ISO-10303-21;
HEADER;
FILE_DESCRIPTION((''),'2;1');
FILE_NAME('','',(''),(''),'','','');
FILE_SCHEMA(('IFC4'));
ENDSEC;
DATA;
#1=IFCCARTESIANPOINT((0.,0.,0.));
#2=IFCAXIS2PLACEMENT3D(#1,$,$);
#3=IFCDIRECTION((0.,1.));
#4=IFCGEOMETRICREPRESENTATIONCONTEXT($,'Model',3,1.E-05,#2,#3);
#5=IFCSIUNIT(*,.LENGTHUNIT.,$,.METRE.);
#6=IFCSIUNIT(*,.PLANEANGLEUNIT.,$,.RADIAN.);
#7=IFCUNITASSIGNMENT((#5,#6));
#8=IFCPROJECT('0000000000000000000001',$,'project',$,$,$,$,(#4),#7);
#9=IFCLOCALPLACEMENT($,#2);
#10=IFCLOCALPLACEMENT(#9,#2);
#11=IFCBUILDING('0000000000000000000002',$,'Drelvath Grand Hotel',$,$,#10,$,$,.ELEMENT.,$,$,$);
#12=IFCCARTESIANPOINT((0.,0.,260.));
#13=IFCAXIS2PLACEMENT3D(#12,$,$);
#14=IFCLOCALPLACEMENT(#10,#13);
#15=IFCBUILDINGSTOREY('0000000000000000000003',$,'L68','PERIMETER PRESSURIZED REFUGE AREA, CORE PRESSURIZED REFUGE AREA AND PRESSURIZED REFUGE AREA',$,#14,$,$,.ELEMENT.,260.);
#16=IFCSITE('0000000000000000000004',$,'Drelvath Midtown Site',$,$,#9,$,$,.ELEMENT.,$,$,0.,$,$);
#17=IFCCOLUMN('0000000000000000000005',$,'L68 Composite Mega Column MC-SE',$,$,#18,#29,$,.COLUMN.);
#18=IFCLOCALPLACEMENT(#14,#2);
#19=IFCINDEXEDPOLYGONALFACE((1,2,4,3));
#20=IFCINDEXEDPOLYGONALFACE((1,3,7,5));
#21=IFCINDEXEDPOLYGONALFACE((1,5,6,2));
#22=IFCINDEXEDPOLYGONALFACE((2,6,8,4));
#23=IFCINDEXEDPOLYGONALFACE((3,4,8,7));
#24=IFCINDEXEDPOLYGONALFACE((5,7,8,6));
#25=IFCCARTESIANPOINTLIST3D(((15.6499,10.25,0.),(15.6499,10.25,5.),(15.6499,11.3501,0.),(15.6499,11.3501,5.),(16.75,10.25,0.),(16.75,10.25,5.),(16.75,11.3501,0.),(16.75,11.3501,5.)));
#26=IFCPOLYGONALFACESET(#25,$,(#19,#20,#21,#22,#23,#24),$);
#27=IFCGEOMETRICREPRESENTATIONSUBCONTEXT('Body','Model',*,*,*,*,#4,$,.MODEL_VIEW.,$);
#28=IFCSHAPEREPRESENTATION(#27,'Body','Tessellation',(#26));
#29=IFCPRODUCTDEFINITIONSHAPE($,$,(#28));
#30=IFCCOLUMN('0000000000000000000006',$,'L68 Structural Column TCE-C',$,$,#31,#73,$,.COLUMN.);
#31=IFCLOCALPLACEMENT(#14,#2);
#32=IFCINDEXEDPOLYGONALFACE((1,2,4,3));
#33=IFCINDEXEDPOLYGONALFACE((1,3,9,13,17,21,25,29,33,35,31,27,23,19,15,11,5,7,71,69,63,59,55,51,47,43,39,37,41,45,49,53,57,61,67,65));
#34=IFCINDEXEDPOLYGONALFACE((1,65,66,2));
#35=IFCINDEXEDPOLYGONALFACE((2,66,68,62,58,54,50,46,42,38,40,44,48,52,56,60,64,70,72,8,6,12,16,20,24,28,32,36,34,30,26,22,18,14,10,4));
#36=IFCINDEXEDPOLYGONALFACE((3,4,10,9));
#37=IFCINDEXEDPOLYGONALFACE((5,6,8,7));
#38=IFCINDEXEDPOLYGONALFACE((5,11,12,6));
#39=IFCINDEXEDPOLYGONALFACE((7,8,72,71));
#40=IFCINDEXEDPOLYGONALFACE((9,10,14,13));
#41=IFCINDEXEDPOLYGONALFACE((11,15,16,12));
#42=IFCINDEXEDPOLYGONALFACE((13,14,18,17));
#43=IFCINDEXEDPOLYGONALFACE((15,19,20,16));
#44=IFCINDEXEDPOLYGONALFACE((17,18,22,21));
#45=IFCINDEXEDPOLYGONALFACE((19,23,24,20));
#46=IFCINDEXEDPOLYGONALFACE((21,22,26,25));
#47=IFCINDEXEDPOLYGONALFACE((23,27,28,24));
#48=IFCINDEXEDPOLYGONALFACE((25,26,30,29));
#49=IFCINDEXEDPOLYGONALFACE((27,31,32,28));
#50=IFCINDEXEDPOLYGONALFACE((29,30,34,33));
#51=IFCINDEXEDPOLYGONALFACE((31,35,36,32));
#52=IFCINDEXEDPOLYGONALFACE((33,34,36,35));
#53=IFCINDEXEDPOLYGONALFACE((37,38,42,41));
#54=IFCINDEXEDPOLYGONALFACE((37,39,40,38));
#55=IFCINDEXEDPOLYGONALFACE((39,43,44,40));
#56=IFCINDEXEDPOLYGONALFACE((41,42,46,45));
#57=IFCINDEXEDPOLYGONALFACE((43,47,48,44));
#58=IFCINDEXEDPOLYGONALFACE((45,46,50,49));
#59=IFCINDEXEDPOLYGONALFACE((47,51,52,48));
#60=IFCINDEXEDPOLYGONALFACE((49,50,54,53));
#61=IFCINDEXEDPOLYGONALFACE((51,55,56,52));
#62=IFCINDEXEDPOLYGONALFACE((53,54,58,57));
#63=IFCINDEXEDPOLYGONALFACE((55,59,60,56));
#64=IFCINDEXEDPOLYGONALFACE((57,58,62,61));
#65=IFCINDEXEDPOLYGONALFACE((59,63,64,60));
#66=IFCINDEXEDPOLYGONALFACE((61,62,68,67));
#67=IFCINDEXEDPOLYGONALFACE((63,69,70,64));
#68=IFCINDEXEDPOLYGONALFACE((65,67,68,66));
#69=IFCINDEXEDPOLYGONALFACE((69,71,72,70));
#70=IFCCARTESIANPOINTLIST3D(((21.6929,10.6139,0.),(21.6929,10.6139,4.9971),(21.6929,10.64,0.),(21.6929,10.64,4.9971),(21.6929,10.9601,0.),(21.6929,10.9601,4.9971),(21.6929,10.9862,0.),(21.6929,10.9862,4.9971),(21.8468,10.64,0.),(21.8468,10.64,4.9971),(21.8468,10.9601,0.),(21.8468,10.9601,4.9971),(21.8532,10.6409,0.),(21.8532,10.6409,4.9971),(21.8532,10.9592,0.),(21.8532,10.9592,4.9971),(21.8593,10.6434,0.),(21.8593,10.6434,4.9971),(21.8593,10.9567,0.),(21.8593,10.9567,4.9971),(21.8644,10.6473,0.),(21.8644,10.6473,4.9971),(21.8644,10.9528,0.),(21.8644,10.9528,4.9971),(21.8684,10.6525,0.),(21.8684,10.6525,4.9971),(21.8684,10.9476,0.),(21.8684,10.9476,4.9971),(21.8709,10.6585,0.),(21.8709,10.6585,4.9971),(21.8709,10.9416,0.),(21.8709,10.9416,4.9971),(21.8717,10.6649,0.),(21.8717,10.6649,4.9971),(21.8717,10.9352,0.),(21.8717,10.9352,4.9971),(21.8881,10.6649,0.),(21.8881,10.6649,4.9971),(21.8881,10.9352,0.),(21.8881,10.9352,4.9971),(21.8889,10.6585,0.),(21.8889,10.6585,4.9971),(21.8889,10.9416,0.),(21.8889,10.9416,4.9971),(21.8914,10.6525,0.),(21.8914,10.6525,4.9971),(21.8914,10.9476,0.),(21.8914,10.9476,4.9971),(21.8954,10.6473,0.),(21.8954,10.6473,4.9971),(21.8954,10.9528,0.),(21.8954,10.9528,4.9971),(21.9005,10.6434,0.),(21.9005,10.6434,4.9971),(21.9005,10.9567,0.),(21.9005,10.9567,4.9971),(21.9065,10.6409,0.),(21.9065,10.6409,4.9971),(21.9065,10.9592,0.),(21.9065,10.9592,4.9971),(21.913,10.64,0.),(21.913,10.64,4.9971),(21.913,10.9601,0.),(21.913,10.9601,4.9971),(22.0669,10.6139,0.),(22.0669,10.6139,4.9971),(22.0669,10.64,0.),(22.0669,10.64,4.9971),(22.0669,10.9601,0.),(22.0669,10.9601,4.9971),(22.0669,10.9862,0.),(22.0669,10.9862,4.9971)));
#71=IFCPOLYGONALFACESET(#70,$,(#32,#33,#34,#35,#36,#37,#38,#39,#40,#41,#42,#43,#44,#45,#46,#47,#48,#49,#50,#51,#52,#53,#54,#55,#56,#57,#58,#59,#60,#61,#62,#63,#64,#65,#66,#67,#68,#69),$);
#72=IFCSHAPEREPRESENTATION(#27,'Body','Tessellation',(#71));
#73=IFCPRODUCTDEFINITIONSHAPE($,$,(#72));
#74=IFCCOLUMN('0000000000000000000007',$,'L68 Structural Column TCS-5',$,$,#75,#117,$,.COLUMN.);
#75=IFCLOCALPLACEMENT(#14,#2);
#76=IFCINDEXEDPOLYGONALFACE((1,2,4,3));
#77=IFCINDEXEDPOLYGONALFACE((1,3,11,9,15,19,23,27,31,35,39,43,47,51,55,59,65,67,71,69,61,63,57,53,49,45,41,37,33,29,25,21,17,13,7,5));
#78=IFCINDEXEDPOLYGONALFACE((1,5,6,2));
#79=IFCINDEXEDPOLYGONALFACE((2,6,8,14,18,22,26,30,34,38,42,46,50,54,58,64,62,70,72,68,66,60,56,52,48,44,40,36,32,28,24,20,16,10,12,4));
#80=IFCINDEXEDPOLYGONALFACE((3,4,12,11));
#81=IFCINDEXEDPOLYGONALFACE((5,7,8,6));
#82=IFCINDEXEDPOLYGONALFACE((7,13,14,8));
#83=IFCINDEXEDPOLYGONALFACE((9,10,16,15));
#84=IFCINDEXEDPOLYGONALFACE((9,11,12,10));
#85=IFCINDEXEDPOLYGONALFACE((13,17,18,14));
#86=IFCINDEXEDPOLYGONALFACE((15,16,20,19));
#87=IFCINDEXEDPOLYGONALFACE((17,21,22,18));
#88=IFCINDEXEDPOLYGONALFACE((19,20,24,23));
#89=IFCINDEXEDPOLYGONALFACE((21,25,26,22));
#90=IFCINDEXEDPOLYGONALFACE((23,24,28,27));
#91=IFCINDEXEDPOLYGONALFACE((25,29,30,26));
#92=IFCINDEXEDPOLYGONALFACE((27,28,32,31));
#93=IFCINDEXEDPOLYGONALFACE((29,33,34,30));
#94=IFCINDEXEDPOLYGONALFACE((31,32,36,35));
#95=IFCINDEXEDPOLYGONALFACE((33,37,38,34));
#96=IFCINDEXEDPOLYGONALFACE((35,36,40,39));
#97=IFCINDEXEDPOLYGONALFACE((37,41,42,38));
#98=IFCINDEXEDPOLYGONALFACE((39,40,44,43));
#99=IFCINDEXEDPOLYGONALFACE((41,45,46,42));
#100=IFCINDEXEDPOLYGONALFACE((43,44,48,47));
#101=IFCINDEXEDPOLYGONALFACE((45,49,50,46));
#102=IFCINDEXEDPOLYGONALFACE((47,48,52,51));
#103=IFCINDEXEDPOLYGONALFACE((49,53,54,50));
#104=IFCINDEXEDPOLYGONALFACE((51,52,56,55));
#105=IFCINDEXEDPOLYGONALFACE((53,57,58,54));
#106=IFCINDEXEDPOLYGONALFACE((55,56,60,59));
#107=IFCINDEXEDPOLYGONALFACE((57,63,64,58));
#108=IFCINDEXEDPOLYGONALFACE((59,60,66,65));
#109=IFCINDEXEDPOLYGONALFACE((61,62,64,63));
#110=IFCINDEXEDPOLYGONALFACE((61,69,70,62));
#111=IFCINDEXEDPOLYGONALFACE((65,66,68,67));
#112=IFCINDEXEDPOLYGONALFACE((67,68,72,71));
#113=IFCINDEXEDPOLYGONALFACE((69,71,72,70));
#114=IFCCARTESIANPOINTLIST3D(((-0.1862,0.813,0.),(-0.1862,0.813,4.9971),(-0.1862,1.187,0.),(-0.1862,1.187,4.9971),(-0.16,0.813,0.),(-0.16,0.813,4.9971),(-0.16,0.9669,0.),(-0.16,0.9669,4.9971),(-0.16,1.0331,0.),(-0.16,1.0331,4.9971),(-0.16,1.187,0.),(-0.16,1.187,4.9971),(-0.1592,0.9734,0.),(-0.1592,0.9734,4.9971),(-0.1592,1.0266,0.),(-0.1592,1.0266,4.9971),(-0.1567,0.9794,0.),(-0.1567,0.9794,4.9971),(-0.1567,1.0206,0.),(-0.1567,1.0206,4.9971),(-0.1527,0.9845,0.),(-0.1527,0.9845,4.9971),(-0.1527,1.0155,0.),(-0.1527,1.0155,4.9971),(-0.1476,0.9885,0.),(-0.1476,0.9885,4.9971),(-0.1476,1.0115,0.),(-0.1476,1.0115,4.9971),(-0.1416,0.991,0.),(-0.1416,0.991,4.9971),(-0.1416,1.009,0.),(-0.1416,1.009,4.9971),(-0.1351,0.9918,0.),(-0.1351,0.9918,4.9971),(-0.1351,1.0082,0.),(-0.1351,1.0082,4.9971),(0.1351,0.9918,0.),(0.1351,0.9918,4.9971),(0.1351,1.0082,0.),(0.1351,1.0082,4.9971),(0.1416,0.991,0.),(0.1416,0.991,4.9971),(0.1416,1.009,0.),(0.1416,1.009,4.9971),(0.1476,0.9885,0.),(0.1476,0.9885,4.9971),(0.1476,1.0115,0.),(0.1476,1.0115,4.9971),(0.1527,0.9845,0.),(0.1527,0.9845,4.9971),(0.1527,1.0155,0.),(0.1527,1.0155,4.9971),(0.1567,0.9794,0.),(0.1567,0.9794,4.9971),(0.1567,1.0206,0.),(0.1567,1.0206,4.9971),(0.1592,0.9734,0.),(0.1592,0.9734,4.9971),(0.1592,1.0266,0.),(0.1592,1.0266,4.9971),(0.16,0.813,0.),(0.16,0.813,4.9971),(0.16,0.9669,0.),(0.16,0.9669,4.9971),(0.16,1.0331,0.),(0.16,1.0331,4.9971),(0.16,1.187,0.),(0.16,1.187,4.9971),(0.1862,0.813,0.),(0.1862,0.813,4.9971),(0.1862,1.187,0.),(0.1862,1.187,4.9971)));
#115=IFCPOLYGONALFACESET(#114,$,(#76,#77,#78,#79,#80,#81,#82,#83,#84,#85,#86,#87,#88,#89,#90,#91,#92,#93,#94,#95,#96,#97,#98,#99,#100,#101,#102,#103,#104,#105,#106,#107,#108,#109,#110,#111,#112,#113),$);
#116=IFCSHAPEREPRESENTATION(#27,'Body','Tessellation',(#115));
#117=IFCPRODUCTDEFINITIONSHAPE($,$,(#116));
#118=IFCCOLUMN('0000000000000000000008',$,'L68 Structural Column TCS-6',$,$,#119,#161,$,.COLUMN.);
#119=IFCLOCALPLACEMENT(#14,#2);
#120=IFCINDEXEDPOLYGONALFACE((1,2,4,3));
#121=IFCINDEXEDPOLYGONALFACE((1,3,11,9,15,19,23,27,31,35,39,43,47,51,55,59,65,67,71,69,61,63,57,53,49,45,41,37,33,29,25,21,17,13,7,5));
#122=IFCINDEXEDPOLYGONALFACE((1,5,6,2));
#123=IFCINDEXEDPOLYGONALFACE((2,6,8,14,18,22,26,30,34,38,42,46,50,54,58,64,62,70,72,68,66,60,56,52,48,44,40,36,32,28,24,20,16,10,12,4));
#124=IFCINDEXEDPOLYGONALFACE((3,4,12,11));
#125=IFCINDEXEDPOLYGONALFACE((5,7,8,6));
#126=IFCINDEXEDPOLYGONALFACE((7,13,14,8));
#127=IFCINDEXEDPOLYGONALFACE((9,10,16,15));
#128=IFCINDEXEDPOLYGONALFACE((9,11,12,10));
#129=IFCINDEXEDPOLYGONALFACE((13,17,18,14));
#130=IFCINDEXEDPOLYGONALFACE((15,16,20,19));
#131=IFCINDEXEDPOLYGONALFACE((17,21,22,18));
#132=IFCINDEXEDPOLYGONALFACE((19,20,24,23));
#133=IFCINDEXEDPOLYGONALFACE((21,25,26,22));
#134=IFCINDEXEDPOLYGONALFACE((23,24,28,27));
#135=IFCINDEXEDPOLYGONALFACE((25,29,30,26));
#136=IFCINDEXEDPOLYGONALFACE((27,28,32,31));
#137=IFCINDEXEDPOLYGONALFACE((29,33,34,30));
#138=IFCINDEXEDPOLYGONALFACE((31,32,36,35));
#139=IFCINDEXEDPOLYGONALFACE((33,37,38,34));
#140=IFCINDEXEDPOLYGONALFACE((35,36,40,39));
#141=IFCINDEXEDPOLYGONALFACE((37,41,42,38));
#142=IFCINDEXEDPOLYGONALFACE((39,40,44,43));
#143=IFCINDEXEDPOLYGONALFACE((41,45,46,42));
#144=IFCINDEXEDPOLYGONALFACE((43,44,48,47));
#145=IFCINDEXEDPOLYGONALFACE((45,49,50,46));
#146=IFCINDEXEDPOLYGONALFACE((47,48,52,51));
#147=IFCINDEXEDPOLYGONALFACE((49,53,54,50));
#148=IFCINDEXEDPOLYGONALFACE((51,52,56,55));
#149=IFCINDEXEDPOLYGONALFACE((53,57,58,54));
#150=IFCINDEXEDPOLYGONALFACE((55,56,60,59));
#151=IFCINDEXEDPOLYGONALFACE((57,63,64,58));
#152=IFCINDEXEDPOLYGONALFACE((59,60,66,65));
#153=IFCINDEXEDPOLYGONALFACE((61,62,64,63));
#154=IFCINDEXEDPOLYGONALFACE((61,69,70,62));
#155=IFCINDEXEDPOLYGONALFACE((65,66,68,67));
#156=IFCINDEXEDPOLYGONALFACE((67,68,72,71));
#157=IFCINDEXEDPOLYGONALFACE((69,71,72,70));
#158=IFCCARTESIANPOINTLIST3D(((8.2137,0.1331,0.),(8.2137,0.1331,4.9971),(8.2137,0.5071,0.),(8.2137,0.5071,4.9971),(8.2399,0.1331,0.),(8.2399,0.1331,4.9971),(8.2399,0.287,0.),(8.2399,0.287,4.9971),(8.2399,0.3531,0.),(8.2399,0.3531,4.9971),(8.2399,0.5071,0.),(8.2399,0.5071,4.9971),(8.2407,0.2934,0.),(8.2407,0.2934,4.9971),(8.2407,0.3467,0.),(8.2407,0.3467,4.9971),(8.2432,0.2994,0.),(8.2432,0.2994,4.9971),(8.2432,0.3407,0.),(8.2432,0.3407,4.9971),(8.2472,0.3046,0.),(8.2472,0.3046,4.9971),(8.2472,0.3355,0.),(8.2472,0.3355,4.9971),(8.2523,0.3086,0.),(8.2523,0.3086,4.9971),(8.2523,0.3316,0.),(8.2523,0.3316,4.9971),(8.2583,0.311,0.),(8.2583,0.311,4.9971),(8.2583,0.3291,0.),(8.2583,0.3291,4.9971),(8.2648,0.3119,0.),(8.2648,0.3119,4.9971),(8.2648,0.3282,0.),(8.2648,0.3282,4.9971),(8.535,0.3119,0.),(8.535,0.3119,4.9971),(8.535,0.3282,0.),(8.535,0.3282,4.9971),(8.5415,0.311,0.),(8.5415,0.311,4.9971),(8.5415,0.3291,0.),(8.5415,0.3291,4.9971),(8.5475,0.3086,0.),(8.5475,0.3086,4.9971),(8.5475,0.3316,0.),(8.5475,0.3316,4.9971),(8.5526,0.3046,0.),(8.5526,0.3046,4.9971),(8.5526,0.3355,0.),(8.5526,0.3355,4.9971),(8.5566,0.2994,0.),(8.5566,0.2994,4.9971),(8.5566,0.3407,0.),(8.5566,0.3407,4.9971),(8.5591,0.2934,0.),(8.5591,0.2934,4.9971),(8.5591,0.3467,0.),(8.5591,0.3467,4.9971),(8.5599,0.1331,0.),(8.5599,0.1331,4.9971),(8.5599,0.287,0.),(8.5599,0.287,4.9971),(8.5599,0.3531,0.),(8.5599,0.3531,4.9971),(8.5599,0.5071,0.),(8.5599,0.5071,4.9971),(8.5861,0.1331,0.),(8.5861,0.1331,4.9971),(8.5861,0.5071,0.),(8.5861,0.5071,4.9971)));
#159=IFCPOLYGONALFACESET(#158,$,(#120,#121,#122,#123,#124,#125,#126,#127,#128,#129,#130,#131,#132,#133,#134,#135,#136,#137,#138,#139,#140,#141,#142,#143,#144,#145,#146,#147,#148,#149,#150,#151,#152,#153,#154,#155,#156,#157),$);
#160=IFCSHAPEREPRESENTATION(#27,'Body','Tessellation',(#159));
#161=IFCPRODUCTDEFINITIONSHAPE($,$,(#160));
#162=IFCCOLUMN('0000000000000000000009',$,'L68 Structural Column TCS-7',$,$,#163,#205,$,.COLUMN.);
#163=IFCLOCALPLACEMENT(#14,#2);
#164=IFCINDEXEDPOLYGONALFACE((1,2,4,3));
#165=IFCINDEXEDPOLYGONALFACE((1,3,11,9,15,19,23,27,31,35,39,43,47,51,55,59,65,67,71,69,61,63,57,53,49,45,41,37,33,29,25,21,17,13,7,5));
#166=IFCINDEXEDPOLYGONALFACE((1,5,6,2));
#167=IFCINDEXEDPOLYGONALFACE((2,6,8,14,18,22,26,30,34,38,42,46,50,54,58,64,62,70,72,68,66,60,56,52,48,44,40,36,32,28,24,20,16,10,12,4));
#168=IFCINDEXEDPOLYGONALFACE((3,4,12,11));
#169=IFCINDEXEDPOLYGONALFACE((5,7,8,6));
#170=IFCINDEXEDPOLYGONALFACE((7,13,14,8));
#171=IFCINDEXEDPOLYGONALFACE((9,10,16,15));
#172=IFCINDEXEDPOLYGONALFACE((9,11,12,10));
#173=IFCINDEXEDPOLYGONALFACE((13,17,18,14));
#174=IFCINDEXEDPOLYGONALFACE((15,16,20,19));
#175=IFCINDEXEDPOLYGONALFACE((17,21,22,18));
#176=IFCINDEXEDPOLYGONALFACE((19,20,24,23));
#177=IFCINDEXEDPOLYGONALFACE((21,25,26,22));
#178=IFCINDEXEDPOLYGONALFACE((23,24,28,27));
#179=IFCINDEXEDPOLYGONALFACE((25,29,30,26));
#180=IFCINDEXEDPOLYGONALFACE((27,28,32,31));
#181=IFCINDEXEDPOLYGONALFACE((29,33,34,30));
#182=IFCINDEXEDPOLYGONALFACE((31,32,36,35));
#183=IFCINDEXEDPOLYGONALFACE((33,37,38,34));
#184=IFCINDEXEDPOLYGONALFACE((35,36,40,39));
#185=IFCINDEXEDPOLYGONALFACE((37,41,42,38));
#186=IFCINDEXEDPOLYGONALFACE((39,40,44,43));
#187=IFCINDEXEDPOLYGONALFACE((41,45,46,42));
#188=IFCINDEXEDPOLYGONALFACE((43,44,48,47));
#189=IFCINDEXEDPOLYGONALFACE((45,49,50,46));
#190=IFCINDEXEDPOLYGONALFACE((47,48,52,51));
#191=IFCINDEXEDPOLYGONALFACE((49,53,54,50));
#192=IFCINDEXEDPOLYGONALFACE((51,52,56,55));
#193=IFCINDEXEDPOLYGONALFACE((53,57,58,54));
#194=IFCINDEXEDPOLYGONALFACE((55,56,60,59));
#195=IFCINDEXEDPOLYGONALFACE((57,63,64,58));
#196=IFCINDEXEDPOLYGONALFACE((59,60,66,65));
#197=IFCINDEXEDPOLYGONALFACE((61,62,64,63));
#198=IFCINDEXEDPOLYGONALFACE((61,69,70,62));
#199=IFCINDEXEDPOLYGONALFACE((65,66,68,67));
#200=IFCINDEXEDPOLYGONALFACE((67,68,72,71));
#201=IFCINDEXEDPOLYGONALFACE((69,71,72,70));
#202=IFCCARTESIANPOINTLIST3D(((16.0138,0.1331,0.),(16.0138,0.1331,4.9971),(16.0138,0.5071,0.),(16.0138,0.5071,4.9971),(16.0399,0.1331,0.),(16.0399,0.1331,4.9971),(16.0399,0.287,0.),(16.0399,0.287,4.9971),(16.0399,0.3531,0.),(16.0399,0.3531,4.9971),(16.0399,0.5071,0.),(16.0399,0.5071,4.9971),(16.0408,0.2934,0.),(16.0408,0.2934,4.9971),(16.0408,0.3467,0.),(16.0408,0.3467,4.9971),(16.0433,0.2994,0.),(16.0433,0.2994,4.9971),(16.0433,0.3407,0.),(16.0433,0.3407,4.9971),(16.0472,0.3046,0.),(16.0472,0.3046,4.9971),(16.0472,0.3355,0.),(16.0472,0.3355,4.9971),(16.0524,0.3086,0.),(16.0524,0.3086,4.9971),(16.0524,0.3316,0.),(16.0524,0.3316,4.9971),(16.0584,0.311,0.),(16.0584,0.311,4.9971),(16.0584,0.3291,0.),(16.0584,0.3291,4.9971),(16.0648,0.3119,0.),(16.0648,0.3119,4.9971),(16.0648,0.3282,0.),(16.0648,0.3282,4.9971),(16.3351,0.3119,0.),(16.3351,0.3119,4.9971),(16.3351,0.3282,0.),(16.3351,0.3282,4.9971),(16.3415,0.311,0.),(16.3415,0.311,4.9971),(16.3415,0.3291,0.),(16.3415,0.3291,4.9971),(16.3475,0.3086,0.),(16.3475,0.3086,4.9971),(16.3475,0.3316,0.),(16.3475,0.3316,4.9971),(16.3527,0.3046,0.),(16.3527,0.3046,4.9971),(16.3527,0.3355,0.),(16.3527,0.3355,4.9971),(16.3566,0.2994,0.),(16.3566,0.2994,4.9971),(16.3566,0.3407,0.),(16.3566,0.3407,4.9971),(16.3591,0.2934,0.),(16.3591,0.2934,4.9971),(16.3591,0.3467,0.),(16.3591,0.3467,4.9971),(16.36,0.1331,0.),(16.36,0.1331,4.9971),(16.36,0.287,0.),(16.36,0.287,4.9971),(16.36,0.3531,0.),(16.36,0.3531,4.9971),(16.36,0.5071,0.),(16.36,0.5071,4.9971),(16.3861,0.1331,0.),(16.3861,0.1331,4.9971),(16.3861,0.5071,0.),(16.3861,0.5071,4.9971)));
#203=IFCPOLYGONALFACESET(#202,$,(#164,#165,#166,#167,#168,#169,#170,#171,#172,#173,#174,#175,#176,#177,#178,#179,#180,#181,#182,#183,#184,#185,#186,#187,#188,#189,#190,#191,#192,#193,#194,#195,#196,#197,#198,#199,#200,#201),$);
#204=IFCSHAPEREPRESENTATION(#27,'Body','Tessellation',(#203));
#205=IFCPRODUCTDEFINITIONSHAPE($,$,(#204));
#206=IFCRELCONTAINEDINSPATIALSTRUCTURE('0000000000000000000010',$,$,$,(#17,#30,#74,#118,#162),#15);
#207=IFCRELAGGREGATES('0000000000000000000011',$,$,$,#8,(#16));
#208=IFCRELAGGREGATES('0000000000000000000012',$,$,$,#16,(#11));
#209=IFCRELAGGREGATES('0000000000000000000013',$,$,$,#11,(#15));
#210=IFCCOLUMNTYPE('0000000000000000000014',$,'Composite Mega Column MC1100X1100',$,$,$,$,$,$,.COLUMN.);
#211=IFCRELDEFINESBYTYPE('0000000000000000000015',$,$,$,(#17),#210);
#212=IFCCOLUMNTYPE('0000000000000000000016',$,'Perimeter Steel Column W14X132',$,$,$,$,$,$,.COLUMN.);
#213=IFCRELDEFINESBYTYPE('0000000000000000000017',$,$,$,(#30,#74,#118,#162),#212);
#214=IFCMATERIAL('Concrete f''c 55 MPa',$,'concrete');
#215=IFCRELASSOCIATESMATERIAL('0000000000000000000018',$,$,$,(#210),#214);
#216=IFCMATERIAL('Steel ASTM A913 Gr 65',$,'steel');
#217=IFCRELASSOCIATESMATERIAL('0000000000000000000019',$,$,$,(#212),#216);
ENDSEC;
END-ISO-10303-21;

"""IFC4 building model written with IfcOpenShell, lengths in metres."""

from ifc_helpers import new_model, si_unit, direction, frame, origin, origin_2d, place, context, subcontext, project, spatial, rectangle, i_section, extrude, material, material_profile, profile_set, type_object, element, save


model = new_model("IFC4")

# Units and contexts
model_context = context("Model", 3, precision=1e-05, world=origin(), true_north=direction((0.0, 1.0)))
body_context = subcontext(model_context, "Body", "Model", "MODEL_VIEW")
ifc_project = project(units=[si_unit("LENGTHUNIT", "METRE"), si_unit("PLANEANGLEUNIT", "RADIAN")], contexts=[model_context])

# Site, building, storey
site_placement = place(None, origin())
site = spatial("IfcSite", under=ifc_project, at=site_placement, Name="Drelvath Midtown Site", CompositionType="ELEMENT", RefElevation=0.0)
building_placement = place(site_placement, origin())
building = spatial("IfcBuilding", under=site, at=building_placement, Name="Drelvath Grand Hotel", CompositionType="ELEMENT")
storey_placement = place(building_placement, frame((0.0, 0.0, 260.0)))
storey = spatial("IfcBuildingStorey", under=building, at=storey_placement, Name="L68", Description="PERIMETER PRESSURIZED REFUGE AREA, CORE PRESSURIZED REFUGE AREA AND PRESSURIZED REFUGE AREA", CompositionType="ELEMENT", Elevation=260.0)

# Columns
ifc_material_1 = material(Name="Concrete f'c 55 MPa", Category="concrete")
ifc_material_profile_1 = material_profile(ifc_material_1, rectangle(XDim=1.1001, YDim=1.1001, at=origin_2d()), Name="MC1100X1100")
ifc_profile_set_1 = profile_set([ifc_material_profile_1], Name="Concrete f'c 55 MPa")
column_type_1 = type_object("IfcColumnType", Name="Composite Mega Column MC1100X1100", PredefinedType="COLUMN", material=ifc_profile_set_1)
column_placement = place(storey_placement, frame((16.2, 10.8, 0.0), z_axis=(0.0, 0.0, 1.0), x_axis=(1.0, 0.0, 0.0)))
element("IfcColumn", 1, at=column_placement, inside=storey, type_object=column_type_1, Name="L68 Composite Mega Column MC-SE", PredefinedType="COLUMN", context=body_context, shape_type="SweptSolid", body=[
    extrude(rectangle(XDim=1.1001, YDim=1.1001, at=origin_2d()), origin(), (0.0, 0.0, 1.0), 5.0),
])
ifc_material_2 = material(Name="Steel ASTM A913 Gr 65", Category="steel")
ifc_material_profile_2 = material_profile(ifc_material_2, i_section(OverallWidth=0.374, OverallDepth=0.3723, WebThickness=0.0164, FlangeThickness=0.0261, FilletRadius=0.0249, at=origin_2d()), Name="W14X132")
ifc_profile_set_2 = profile_set([ifc_material_profile_2], Name="Steel ASTM A913 Gr 65")
column_type_2 = type_object("IfcColumnType", Name="Perimeter Steel Column W14X132", PredefinedType="COLUMN", material=ifc_profile_set_2)
for number, where, z_axis, x_axis, name in (
    (2, (21.8799, 10.8, 0.0), (0.0, 0.0, 1.0), (1.0, 0.0, 0.0), "L68 Structural Column TCE-C"),
    (3, (0.0, 1.0, 0.0), (0.0, 0.0, 1.0), (0.0, 1.0, 0.0), "L68 Structural Column TCS-5"),
    (4, (8.3999, 0.3201, 0.0), (0.0, 0.0, 1.0), (0.0, 1.0, 0.0), "L68 Structural Column TCS-6"),
    (5, (16.2, 0.3201, 0.0), (0.0, 0.0, 1.0), (0.0, 1.0, 0.0), "L68 Structural Column TCS-7"),
):
    element("IfcColumn", number, at=place(storey_placement, frame(where, z_axis=z_axis, x_axis=x_axis)), inside=storey, type_object=column_type_2, Name=name, PredefinedType="COLUMN", context=body_context, shape_type="SweptSolid", body=[
        extrude(i_section(OverallWidth=0.374, OverallDepth=0.3723, WebThickness=0.0164, FlangeThickness=0.0261, FilletRadius=0.0249, at=origin_2d()), origin(), (0.0, 0.0, 1.0), 4.9971),
    ])

save(model, "model.ifc")
